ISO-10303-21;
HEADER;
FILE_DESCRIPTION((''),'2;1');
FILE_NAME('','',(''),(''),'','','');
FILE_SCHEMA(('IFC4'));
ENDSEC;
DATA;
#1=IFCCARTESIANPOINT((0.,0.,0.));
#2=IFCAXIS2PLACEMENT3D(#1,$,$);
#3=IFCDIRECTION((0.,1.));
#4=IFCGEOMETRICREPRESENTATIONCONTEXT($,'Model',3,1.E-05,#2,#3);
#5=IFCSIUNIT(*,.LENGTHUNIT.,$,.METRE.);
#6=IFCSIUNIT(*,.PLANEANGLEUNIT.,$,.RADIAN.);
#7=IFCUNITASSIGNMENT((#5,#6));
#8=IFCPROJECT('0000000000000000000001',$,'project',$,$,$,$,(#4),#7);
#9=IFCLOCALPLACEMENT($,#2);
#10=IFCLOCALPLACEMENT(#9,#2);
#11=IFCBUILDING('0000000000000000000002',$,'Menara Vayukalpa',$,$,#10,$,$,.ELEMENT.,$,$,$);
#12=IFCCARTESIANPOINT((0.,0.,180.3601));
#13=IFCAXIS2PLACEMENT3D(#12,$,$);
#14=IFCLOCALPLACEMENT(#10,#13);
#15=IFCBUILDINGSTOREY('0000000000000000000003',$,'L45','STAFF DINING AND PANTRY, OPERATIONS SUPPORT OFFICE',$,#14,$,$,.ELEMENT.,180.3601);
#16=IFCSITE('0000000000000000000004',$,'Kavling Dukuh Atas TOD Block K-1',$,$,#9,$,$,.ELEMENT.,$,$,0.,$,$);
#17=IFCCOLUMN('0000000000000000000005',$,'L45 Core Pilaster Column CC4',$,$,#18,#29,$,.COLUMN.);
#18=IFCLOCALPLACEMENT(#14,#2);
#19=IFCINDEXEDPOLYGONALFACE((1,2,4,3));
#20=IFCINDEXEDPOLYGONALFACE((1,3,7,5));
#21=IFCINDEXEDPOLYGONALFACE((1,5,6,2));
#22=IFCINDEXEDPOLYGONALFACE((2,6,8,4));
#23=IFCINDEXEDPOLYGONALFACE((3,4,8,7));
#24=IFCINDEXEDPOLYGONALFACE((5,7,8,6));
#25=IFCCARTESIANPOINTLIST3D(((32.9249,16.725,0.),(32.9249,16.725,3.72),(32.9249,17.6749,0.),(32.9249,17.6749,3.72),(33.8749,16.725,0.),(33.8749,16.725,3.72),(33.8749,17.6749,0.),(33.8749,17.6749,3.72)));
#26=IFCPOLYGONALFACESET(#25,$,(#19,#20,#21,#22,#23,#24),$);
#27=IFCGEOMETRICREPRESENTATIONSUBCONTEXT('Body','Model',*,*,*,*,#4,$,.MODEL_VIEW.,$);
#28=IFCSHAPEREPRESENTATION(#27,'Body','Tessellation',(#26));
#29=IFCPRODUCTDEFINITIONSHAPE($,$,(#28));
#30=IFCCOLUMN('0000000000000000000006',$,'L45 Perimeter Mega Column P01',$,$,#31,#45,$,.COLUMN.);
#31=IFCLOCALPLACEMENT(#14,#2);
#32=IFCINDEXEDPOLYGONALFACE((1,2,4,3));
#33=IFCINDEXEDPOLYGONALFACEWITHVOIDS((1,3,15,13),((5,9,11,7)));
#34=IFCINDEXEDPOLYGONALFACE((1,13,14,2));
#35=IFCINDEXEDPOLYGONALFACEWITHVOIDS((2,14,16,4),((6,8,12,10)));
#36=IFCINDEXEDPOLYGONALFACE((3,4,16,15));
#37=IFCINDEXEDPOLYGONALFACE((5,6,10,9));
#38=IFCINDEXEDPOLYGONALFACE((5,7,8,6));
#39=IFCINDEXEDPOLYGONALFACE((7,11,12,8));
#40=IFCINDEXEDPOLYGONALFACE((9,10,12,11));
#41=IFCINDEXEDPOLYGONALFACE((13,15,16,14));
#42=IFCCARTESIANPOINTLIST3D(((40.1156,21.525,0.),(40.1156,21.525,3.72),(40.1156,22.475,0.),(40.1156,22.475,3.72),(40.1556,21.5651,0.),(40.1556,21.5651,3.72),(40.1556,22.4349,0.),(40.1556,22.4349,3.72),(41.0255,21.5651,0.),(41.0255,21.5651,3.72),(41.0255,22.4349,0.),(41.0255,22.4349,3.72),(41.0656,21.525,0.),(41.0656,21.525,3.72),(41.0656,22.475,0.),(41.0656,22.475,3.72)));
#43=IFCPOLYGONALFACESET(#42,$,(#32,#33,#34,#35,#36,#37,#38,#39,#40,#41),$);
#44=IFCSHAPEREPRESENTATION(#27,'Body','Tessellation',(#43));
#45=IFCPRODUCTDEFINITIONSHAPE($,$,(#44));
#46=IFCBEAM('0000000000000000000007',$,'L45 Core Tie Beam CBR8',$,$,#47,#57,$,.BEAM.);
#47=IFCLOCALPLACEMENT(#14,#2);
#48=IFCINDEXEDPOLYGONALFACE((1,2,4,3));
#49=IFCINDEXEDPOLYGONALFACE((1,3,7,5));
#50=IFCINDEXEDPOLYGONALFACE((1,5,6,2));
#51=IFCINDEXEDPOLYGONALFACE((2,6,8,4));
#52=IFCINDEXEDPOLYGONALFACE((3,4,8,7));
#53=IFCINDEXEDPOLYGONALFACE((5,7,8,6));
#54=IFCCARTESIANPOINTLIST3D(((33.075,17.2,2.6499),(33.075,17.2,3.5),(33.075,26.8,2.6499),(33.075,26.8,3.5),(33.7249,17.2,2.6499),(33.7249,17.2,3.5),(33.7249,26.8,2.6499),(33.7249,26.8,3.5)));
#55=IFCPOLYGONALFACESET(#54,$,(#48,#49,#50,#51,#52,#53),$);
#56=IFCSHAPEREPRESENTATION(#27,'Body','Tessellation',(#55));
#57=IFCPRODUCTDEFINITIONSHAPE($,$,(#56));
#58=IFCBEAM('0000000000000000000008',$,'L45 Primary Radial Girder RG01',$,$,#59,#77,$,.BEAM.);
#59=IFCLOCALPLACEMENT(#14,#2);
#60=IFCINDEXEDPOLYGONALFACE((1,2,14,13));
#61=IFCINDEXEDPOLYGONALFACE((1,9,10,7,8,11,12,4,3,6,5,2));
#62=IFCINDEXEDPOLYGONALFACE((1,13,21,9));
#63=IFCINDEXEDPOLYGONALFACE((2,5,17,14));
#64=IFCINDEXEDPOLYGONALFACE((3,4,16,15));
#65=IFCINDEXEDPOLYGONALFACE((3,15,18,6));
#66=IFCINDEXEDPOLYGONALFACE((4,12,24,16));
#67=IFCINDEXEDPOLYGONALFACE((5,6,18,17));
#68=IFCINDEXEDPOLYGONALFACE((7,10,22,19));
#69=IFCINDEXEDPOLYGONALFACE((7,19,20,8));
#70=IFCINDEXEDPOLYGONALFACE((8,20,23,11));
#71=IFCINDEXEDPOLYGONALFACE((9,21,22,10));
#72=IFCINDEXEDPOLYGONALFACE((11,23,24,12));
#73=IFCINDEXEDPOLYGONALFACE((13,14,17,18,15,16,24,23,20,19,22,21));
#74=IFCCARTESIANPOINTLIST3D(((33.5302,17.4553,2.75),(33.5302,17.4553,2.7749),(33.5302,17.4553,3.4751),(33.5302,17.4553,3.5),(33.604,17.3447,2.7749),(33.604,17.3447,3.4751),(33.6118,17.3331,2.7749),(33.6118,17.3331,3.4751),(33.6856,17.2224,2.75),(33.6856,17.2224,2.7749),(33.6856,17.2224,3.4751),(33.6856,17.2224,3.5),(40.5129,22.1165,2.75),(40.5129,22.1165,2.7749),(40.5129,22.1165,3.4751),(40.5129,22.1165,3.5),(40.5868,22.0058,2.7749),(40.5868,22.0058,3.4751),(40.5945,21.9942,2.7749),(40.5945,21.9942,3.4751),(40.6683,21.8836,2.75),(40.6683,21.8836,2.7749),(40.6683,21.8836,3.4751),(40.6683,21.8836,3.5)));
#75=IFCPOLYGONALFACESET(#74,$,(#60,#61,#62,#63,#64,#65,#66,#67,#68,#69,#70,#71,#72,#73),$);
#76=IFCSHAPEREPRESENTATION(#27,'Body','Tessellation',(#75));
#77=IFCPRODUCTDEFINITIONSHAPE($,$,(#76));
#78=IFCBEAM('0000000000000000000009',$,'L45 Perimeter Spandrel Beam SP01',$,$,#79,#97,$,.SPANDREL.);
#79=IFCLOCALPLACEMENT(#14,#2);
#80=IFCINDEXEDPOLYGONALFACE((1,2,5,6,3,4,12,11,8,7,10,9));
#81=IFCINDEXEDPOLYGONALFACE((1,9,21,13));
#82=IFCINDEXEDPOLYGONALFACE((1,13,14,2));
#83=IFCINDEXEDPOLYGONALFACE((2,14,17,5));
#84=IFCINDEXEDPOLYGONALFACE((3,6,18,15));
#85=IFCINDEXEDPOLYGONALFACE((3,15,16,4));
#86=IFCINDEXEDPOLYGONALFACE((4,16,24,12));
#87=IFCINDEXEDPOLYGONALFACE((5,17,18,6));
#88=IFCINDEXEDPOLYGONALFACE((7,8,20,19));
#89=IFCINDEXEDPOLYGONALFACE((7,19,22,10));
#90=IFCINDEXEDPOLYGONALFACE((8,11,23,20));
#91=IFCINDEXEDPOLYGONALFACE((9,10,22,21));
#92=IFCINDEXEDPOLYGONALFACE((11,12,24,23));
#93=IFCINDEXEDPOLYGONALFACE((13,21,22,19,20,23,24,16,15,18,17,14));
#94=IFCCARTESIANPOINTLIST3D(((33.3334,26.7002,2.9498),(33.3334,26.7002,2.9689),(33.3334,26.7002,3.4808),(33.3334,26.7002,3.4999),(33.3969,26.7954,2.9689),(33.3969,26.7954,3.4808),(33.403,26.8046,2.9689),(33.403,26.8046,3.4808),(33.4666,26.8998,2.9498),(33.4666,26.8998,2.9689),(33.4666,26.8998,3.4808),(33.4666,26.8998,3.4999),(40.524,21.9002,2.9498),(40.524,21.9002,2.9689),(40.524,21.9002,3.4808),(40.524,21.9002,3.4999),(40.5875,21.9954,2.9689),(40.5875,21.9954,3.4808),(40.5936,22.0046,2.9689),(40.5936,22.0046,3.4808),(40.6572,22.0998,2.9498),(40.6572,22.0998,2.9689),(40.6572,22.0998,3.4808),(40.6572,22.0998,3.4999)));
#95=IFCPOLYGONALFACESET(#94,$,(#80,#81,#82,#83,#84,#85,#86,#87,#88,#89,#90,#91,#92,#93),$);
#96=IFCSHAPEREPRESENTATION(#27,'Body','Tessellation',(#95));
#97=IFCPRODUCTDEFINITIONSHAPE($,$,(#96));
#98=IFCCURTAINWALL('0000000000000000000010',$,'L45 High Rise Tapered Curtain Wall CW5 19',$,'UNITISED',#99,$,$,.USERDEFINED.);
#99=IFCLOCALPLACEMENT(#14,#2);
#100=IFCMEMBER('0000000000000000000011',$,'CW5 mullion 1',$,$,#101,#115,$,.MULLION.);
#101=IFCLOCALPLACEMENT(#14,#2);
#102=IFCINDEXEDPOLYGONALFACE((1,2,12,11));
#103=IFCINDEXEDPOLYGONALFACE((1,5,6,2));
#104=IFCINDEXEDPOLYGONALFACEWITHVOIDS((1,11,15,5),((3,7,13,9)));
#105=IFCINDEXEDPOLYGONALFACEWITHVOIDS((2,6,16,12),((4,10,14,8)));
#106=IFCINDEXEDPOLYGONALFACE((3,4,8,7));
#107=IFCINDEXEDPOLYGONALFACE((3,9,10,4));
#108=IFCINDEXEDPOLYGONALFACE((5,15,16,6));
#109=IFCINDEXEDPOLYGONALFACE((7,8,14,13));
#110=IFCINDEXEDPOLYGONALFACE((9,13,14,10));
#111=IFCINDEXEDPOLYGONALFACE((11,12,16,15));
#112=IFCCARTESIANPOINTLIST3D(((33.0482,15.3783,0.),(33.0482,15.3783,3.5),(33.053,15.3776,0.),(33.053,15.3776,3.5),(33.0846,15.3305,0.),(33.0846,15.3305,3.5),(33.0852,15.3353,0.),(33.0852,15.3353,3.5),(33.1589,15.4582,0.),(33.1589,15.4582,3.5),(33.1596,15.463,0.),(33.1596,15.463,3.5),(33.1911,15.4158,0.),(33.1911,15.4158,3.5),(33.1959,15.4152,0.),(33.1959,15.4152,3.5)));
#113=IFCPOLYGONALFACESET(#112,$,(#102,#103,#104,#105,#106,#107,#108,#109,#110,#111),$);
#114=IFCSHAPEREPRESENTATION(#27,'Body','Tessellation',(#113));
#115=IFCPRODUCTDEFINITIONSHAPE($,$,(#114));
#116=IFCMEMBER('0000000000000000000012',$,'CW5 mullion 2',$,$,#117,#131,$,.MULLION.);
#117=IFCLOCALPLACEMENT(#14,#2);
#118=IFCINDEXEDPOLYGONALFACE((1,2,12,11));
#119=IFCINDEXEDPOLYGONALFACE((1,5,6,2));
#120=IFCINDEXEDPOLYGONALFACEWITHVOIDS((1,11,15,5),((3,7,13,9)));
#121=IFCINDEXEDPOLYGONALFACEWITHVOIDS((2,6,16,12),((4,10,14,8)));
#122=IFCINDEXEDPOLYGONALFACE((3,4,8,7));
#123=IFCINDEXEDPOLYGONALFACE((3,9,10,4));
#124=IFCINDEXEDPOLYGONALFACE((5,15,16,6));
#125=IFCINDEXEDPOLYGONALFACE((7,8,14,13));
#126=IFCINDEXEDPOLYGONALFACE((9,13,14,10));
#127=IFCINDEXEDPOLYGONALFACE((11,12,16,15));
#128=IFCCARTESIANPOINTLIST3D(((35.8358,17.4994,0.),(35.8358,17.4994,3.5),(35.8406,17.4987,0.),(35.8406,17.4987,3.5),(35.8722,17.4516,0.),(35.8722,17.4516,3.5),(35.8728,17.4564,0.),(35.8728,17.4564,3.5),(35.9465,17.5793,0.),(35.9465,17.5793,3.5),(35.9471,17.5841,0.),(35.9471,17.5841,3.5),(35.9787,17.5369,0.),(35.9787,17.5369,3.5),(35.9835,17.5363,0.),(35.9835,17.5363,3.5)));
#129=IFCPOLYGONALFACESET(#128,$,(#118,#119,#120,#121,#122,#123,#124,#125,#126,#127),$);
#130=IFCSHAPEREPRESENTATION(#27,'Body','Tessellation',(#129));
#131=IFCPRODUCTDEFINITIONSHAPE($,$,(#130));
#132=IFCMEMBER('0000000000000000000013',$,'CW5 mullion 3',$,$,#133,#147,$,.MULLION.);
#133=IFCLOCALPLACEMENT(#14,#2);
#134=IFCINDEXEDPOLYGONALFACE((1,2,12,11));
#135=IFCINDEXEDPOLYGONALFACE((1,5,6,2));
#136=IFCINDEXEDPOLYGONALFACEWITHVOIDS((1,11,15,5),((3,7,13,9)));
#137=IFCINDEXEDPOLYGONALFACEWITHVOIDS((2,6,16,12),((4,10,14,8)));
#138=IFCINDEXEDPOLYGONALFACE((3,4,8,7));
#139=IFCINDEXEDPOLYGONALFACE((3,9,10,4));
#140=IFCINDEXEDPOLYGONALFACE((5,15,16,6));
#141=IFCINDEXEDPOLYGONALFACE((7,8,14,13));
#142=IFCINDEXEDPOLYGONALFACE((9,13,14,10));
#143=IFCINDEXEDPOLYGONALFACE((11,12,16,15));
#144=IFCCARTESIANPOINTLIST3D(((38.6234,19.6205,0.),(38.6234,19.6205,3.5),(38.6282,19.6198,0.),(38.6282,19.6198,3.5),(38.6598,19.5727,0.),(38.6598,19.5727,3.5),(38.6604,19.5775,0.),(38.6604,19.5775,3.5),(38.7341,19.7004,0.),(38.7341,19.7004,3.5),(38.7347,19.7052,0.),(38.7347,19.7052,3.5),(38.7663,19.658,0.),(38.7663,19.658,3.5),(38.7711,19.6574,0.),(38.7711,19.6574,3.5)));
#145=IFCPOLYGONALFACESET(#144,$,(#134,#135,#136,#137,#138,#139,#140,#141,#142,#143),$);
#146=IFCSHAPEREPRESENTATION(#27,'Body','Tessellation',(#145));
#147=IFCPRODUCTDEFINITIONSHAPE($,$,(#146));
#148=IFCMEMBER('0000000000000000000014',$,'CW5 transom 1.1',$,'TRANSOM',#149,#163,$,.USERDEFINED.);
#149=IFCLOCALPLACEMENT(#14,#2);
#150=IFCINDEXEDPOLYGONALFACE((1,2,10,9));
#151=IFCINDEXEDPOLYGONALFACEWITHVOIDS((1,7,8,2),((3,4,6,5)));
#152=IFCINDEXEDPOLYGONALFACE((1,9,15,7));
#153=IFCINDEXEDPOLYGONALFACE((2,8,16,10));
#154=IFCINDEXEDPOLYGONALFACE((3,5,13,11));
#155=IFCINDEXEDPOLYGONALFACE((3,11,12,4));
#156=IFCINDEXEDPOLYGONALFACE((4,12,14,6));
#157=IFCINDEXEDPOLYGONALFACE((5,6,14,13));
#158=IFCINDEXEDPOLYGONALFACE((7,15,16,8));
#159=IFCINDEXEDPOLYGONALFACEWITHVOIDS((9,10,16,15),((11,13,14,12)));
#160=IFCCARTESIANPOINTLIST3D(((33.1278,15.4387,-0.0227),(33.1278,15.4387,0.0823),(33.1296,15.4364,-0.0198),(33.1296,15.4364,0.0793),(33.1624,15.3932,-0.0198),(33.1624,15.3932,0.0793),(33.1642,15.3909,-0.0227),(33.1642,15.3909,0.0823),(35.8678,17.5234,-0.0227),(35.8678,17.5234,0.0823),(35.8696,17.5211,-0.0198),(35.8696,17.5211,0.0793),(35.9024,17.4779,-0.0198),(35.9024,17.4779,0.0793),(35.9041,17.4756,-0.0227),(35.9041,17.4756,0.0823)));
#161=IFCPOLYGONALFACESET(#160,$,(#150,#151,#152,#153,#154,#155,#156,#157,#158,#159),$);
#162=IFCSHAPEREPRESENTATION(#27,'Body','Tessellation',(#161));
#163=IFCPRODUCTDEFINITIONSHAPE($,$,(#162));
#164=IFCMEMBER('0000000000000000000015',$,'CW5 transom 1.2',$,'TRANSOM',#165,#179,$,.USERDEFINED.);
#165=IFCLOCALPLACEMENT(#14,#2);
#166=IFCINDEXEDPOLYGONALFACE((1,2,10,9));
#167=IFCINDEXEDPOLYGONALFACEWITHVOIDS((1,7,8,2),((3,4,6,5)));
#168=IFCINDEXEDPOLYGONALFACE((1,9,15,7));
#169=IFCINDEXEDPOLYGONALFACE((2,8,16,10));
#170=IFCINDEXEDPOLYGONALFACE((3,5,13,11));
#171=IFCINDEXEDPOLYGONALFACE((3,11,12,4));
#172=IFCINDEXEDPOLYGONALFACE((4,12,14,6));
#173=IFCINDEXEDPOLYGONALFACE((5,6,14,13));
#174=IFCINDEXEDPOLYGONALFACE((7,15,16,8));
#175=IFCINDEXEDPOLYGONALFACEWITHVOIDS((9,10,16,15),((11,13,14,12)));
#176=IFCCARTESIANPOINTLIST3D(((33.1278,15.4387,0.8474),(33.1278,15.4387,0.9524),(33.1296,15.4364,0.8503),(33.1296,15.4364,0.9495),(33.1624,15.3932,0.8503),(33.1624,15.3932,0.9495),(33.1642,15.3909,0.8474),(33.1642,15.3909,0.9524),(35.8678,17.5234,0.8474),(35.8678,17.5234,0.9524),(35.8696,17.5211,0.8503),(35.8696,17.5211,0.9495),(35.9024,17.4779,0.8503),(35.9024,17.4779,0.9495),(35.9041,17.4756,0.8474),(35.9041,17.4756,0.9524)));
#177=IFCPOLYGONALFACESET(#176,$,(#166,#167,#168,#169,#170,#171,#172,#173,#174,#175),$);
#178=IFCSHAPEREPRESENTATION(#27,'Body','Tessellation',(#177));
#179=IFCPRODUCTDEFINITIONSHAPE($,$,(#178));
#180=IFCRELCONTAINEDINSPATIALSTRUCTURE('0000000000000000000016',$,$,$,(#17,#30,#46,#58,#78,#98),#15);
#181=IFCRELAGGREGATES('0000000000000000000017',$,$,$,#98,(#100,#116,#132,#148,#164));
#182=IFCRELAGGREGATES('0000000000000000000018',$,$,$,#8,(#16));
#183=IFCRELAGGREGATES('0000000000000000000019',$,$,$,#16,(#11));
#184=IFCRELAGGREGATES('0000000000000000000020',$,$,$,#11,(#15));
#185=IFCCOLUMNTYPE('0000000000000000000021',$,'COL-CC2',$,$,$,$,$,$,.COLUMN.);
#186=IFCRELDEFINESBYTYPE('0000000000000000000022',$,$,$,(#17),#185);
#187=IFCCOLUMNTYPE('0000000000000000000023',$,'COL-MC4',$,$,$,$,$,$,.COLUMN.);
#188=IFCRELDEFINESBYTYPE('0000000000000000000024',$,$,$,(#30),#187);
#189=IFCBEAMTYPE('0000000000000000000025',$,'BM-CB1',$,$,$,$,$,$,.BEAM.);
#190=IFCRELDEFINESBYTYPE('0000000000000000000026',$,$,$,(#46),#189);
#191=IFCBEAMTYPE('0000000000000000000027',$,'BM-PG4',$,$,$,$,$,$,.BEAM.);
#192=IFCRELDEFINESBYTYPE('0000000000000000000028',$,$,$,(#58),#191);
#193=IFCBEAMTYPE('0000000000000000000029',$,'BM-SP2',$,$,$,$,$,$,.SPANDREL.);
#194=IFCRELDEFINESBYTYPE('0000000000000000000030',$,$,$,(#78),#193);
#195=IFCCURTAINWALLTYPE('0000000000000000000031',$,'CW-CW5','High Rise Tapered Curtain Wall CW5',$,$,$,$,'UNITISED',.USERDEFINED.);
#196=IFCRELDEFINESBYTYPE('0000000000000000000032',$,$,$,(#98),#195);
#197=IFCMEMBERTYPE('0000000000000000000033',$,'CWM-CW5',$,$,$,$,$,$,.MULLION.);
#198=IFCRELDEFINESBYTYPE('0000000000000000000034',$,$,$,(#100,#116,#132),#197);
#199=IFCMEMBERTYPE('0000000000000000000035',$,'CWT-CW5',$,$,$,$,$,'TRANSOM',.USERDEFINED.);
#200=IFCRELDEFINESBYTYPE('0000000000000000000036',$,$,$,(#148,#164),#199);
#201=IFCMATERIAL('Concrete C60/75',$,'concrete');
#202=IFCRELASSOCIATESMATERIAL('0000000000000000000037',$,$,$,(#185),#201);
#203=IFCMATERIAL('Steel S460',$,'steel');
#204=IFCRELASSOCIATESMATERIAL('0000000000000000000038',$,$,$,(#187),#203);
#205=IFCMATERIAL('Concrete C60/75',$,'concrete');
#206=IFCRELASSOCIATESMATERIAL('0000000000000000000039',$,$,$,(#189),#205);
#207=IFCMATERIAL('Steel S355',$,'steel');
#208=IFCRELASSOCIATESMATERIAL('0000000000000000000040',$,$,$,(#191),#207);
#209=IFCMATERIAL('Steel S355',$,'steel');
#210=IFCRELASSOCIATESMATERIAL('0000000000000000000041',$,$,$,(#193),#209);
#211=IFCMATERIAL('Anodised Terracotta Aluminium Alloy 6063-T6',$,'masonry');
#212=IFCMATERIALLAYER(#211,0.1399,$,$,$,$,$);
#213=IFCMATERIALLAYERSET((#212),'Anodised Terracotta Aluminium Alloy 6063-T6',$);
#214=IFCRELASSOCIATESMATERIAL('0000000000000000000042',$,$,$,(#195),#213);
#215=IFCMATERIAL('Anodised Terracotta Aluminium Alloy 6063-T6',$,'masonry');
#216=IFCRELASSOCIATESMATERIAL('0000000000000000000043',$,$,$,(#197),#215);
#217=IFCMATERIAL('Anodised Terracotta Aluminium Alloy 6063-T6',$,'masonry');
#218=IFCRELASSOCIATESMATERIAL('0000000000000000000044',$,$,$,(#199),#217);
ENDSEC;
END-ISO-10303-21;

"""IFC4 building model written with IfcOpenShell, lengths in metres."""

from ifc_helpers import new_model, si_unit, direction, frame, origin, origin_2d, place, context, subcontext, project, spatial, rectangle, hollow_rectangle, i_section, extrude, material, layer, layer_set, material_profile, profile_set, type_object, element, aggregate, save


model = new_model("IFC4")

# Units and contexts
model_context = context("Model", 3, precision=1e-05, world=origin(), true_north=direction((0.0, 1.0)))
body_context = subcontext(model_context, "Body", "Model", "MODEL_VIEW")
ifc_project = project(units=[si_unit("LENGTHUNIT", "METRE"), si_unit("PLANEANGLEUNIT", "RADIAN")], contexts=[model_context])

# Site, building, storey
site_placement = place(None, origin())
site = spatial("IfcSite", under=ifc_project, at=site_placement, Name="Kavling Dukuh Atas TOD Block K-1", CompositionType="ELEMENT", RefElevation=0.0)
building_placement = place(site_placement, origin())
building = spatial("IfcBuilding", under=site, at=building_placement, Name="Menara Vayukalpa", CompositionType="ELEMENT")
storey_placement = place(building_placement, frame((0.0, 0.0, 180.3601)))
storey = spatial("IfcBuildingStorey", under=building, at=storey_placement, Name="L45", Description="STAFF DINING AND PANTRY, OPERATIONS SUPPORT OFFICE", CompositionType="ELEMENT", Elevation=180.3601)

# Columns
ifc_material_1 = material(Name="Concrete C60/75", Category="concrete")
ifc_material_profile_1 = material_profile(ifc_material_1, rectangle(XDim=0.95, YDim=0.95, at=origin_2d()), Name="RC 950x950")
ifc_profile_set_1 = profile_set([ifc_material_profile_1], Name="Concrete C60/75")
column_type_1 = type_object("IfcColumnType", Name="COL-CC2", PredefinedType="COLUMN", material=ifc_profile_set_1)
column_1_placement = place(storey_placement, frame((33.3999, 17.2, 0.0), z_axis=(0.0, 0.0, 1.0), x_axis=(1.0, 0.0, 0.0)))
element("IfcColumn", 1, at=column_1_placement, inside=storey, type_object=column_type_1, Name="L45 Core Pilaster Column CC4", PredefinedType="COLUMN", context=body_context, shape_type="SweptSolid", body=[
    extrude(rectangle(XDim=0.95, YDim=0.95, at=origin_2d()), origin(), (0.0, 0.0, 1.0), 3.72),
])
ifc_material_2 = material(Name="Steel S460", Category="steel")
ifc_material_profile_2 = material_profile(ifc_material_2, hollow_rectangle(XDim=0.95, YDim=0.95, WallThickness=0.04, at=origin_2d()), Name="BOX 950x950x40")
ifc_profile_set_2 = profile_set([ifc_material_profile_2], Name="Steel S460")
column_type_2 = type_object("IfcColumnType", Name="COL-MC4", PredefinedType="COLUMN", material=ifc_profile_set_2)
column_2_placement = place(storey_placement, frame((40.5906, 22.0, 0.0), z_axis=(0.0, 0.0, 1.0), x_axis=(1.0, 0.0, 0.0)))
element("IfcColumn", 2, at=column_2_placement, inside=storey, type_object=column_type_2, Name="L45 Perimeter Mega Column P01", PredefinedType="COLUMN", context=body_context, shape_type="SweptSolid", body=[
    extrude(hollow_rectangle(XDim=0.95, YDim=0.95, WallThickness=0.04, at=origin_2d()), origin(), (0.0, 0.0, 1.0), 3.72),
])

# Beams
ifc_material_3 = material(Name="Concrete C60/75", Category="concrete")
ifc_material_profile_3 = material_profile(ifc_material_3, rectangle(XDim=0.6499, YDim=0.8501, at=origin_2d()), Name="RC 650x850")
ifc_profile_set_3 = profile_set([ifc_material_profile_3], Name="Concrete C60/75")
beam_type_1 = type_object("IfcBeamType", Name="BM-CB1", PredefinedType="BEAM", material=ifc_profile_set_3)
beam_1_placement = place(storey_placement, frame((33.3999, 17.2, 3.075), z_axis=(0.0, 1.0, 0.0), x_axis=(-1.0, 0.0, 0.0)))
element("IfcBeam", 3, at=beam_1_placement, inside=storey, type_object=beam_type_1, Name="L45 Core Tie Beam CBR8", PredefinedType="BEAM", context=body_context, shape_type="SweptSolid", body=[
    extrude(rectangle(XDim=0.6499, YDim=0.8501, at=origin_2d()), origin(), (0.0, 0.0, 1.0), 9.6001),
])
ifc_material_4 = material(Name="Steel S355", Category="steel")
ifc_material_profile_4 = material_profile(ifc_material_4, i_section(OverallWidth=0.28, OverallDepth=0.75, WebThickness=0.0139, FlangeThickness=0.0249, at=origin_2d()), Name="WF 750x280x14x25")
ifc_profile_set_4 = profile_set([ifc_material_profile_4], Name="Steel S355")
beam_type_2 = type_object("IfcBeamType", Name="BM-PG4", PredefinedType="BEAM", material=ifc_profile_set_4)
beam_2_placement = place(storey_placement, frame((33.6079, 17.3389, 3.125), z_axis=(0.831719, 0.555197, 0.0), x_axis=(-0.555197, 0.831719, 0.0)))
element("IfcBeam", 4, at=beam_2_placement, inside=storey, type_object=beam_type_2, Name="L45 Primary Radial Girder RG01", PredefinedType="BEAM", context=body_context, shape_type="SweptSolid", body=[
    extrude(i_section(OverallWidth=0.28, OverallDepth=0.75, WebThickness=0.0139, FlangeThickness=0.0249, at=origin_2d()), origin(), (0.0, 0.0, 1.0), 8.3955),
])
ifc_material_5 = material(Name="Steel S355", Category="steel")
ifc_material_profile_5 = material_profile(ifc_material_5, i_section(OverallWidth=0.24, OverallDepth=0.55, WebThickness=0.011, FlangeThickness=0.019, at=origin_2d()), Name="WF 550x240x11x19")
ifc_profile_set_5 = profile_set([ifc_material_profile_5], Name="Steel S355")
beam_type_3 = type_object("IfcBeamType", Name="BM-SP2", PredefinedType="SPANDREL", material=ifc_profile_set_5)
beam_3_placement = place(storey_placement, frame((40.5906, 22.0, 3.2249), z_axis=(-0.831716, 0.555202, 0.0), x_axis=(-0.555202, -0.831716, 0.0)))
element("IfcBeam", 5, at=beam_3_placement, inside=storey, type_object=beam_type_3, Name="L45 Perimeter Spandrel Beam SP01", PredefinedType="SPANDREL", context=body_context, shape_type="SweptSolid", body=[
    extrude(i_section(OverallWidth=0.24, OverallDepth=0.55, WebThickness=0.011, FlangeThickness=0.019, at=origin_2d()), origin(), (0.0, 0.0, 1.0), 8.6455),
])

# Curtain wall, members
ifc_material_6 = material(Name="Anodised Terracotta Aluminium Alloy 6063-T6", Category="masonry")
ifc_layer_1 = layer(ifc_material_6, 0.1399)
ifc_layer_set_1 = layer_set([ifc_layer_1], Name="Anodised Terracotta Aluminium Alloy 6063-T6")
curtain_wall_type = type_object("IfcCurtainWallType", Name="CW-CW5", Description="High Rise Tapered Curtain Wall CW5", ElementType="UNITISED", PredefinedType="USERDEFINED", material=ifc_layer_set_1)
curtain_wall_placement = place(storey_placement, origin())
curtain_wall = element("IfcCurtainWall", 6, at=curtain_wall_placement, inside=storey, type_object=curtain_wall_type, Name="L45 High Rise Tapered Curtain Wall CW5 19", ObjectType="UNITISED", PredefinedType="USERDEFINED")
ifc_material_7 = material(Name="Anodised Terracotta Aluminium Alloy 6063-T6", Category="masonry")
ifc_material_profile_6 = material_profile(ifc_material_7, hollow_rectangle(XDim=0.0601, YDim=0.1399, WallThickness=0.0034, at=origin_2d()), Name="ALU 60x140x3.5")
ifc_profile_set_6 = profile_set([ifc_material_profile_6], Name="Anodised Terracotta Aluminium Alloy 6063-T6")
member_type_1 = type_object("IfcMemberType", Name="CWM-CW5", PredefinedType="MULLION", material=ifc_profile_set_6)
member_1_placement = place(storey_placement, frame((33.1221, 15.3967, 0.0), z_axis=(0.0, 0.0, 1.0), x_axis=(-0.60554, 0.795815, 0.0)))
member_1 = element("IfcMember", 7, at=member_1_placement, type_object=member_type_1, Name="CW5 mullion 1", PredefinedType="MULLION", context=body_context, shape_type="SweptSolid", body=[
    extrude(hollow_rectangle(XDim=0.0601, YDim=0.1399, WallThickness=0.0034, at=origin_2d()), origin(), (0.0, 0.0, 1.0), 3.5),
])
member_2_placement = place(storey_placement, frame((35.9097, 17.5178, 0.0), z_axis=(0.0, 0.0, 1.0), x_axis=(-0.60554, 0.795815, 0.0)))
member_2 = element("IfcMember", 8, at=member_2_placement, type_object=member_type_1, Name="CW5 mullion 2", PredefinedType="MULLION", context=body_context, shape_type="SweptSolid", body=[
    extrude(hollow_rectangle(XDim=0.0601, YDim=0.1399, WallThickness=0.0034, at=origin_2d()), origin(), (0.0, 0.0, 1.0), 3.5),
])
member_3_placement = place(storey_placement, frame((38.6973, 19.6389, 0.0), z_axis=(0.0, 0.0, 1.0), x_axis=(-0.60554, 0.795815, 0.0)))
member_3 = element("IfcMember", 9, at=member_3_placement, type_object=member_type_1, Name="CW5 mullion 3", PredefinedType="MULLION", context=body_context, shape_type="SweptSolid", body=[
    extrude(hollow_rectangle(XDim=0.0601, YDim=0.1399, WallThickness=0.0034, at=origin_2d()), origin(), (0.0, 0.0, 1.0), 3.5),
])
ifc_material_8 = material(Name="Anodised Terracotta Aluminium Alloy 6063-T6", Category="masonry")
ifc_material_profile_7 = material_profile(ifc_material_8, hollow_rectangle(XDim=0.0601, YDim=0.105, WallThickness=0.0029, at=origin_2d()), Name="ALU 60x105x3")
ifc_profile_set_7 = profile_set([ifc_material_profile_7], Name="Anodised Terracotta Aluminium Alloy 6063-T6")
member_type_2 = type_object("IfcMemberType", Name="CWT-CW5", ElementType="TRANSOM", PredefinedType="USERDEFINED", material=ifc_profile_set_7)
member_4_placement = place(storey_placement, frame((33.146, 15.4148, 0.0298), z_axis=(0.795837, 0.605511, 0.0), x_axis=(-0.605511, 0.795837, 0.0)))
member_4 = element("IfcMember", 10, at=member_4_placement, type_object=member_type_2, Name="CW5 transom 1.1", ObjectType="TRANSOM", PredefinedType="USERDEFINED", context=body_context, shape_type="SweptSolid", body=[
    extrude(hollow_rectangle(XDim=0.0601, YDim=0.105, WallThickness=0.0029, at=origin_2d()), origin(), (0.0, 0.0, 1.0), 3.4429),
])
member_5_placement = place(storey_placement, frame((33.146, 15.4148, 0.8999), z_axis=(0.795837, 0.605511, 0.0), x_axis=(-0.605511, 0.795837, 0.0)))
member_5 = element("IfcMember", 11, at=member_5_placement, type_object=member_type_2, Name="CW5 transom 1.2", ObjectType="TRANSOM", PredefinedType="USERDEFINED", context=body_context, shape_type="SweptSolid", body=[
    extrude(hollow_rectangle(XDim=0.0601, YDim=0.105, WallThickness=0.0029, at=origin_2d()), origin(), (0.0, 0.0, 1.0), 3.4429),
])
aggregate(curtain_wall, [member_1, member_2, member_3, member_4, member_5])

save(model, "model.ifc")
